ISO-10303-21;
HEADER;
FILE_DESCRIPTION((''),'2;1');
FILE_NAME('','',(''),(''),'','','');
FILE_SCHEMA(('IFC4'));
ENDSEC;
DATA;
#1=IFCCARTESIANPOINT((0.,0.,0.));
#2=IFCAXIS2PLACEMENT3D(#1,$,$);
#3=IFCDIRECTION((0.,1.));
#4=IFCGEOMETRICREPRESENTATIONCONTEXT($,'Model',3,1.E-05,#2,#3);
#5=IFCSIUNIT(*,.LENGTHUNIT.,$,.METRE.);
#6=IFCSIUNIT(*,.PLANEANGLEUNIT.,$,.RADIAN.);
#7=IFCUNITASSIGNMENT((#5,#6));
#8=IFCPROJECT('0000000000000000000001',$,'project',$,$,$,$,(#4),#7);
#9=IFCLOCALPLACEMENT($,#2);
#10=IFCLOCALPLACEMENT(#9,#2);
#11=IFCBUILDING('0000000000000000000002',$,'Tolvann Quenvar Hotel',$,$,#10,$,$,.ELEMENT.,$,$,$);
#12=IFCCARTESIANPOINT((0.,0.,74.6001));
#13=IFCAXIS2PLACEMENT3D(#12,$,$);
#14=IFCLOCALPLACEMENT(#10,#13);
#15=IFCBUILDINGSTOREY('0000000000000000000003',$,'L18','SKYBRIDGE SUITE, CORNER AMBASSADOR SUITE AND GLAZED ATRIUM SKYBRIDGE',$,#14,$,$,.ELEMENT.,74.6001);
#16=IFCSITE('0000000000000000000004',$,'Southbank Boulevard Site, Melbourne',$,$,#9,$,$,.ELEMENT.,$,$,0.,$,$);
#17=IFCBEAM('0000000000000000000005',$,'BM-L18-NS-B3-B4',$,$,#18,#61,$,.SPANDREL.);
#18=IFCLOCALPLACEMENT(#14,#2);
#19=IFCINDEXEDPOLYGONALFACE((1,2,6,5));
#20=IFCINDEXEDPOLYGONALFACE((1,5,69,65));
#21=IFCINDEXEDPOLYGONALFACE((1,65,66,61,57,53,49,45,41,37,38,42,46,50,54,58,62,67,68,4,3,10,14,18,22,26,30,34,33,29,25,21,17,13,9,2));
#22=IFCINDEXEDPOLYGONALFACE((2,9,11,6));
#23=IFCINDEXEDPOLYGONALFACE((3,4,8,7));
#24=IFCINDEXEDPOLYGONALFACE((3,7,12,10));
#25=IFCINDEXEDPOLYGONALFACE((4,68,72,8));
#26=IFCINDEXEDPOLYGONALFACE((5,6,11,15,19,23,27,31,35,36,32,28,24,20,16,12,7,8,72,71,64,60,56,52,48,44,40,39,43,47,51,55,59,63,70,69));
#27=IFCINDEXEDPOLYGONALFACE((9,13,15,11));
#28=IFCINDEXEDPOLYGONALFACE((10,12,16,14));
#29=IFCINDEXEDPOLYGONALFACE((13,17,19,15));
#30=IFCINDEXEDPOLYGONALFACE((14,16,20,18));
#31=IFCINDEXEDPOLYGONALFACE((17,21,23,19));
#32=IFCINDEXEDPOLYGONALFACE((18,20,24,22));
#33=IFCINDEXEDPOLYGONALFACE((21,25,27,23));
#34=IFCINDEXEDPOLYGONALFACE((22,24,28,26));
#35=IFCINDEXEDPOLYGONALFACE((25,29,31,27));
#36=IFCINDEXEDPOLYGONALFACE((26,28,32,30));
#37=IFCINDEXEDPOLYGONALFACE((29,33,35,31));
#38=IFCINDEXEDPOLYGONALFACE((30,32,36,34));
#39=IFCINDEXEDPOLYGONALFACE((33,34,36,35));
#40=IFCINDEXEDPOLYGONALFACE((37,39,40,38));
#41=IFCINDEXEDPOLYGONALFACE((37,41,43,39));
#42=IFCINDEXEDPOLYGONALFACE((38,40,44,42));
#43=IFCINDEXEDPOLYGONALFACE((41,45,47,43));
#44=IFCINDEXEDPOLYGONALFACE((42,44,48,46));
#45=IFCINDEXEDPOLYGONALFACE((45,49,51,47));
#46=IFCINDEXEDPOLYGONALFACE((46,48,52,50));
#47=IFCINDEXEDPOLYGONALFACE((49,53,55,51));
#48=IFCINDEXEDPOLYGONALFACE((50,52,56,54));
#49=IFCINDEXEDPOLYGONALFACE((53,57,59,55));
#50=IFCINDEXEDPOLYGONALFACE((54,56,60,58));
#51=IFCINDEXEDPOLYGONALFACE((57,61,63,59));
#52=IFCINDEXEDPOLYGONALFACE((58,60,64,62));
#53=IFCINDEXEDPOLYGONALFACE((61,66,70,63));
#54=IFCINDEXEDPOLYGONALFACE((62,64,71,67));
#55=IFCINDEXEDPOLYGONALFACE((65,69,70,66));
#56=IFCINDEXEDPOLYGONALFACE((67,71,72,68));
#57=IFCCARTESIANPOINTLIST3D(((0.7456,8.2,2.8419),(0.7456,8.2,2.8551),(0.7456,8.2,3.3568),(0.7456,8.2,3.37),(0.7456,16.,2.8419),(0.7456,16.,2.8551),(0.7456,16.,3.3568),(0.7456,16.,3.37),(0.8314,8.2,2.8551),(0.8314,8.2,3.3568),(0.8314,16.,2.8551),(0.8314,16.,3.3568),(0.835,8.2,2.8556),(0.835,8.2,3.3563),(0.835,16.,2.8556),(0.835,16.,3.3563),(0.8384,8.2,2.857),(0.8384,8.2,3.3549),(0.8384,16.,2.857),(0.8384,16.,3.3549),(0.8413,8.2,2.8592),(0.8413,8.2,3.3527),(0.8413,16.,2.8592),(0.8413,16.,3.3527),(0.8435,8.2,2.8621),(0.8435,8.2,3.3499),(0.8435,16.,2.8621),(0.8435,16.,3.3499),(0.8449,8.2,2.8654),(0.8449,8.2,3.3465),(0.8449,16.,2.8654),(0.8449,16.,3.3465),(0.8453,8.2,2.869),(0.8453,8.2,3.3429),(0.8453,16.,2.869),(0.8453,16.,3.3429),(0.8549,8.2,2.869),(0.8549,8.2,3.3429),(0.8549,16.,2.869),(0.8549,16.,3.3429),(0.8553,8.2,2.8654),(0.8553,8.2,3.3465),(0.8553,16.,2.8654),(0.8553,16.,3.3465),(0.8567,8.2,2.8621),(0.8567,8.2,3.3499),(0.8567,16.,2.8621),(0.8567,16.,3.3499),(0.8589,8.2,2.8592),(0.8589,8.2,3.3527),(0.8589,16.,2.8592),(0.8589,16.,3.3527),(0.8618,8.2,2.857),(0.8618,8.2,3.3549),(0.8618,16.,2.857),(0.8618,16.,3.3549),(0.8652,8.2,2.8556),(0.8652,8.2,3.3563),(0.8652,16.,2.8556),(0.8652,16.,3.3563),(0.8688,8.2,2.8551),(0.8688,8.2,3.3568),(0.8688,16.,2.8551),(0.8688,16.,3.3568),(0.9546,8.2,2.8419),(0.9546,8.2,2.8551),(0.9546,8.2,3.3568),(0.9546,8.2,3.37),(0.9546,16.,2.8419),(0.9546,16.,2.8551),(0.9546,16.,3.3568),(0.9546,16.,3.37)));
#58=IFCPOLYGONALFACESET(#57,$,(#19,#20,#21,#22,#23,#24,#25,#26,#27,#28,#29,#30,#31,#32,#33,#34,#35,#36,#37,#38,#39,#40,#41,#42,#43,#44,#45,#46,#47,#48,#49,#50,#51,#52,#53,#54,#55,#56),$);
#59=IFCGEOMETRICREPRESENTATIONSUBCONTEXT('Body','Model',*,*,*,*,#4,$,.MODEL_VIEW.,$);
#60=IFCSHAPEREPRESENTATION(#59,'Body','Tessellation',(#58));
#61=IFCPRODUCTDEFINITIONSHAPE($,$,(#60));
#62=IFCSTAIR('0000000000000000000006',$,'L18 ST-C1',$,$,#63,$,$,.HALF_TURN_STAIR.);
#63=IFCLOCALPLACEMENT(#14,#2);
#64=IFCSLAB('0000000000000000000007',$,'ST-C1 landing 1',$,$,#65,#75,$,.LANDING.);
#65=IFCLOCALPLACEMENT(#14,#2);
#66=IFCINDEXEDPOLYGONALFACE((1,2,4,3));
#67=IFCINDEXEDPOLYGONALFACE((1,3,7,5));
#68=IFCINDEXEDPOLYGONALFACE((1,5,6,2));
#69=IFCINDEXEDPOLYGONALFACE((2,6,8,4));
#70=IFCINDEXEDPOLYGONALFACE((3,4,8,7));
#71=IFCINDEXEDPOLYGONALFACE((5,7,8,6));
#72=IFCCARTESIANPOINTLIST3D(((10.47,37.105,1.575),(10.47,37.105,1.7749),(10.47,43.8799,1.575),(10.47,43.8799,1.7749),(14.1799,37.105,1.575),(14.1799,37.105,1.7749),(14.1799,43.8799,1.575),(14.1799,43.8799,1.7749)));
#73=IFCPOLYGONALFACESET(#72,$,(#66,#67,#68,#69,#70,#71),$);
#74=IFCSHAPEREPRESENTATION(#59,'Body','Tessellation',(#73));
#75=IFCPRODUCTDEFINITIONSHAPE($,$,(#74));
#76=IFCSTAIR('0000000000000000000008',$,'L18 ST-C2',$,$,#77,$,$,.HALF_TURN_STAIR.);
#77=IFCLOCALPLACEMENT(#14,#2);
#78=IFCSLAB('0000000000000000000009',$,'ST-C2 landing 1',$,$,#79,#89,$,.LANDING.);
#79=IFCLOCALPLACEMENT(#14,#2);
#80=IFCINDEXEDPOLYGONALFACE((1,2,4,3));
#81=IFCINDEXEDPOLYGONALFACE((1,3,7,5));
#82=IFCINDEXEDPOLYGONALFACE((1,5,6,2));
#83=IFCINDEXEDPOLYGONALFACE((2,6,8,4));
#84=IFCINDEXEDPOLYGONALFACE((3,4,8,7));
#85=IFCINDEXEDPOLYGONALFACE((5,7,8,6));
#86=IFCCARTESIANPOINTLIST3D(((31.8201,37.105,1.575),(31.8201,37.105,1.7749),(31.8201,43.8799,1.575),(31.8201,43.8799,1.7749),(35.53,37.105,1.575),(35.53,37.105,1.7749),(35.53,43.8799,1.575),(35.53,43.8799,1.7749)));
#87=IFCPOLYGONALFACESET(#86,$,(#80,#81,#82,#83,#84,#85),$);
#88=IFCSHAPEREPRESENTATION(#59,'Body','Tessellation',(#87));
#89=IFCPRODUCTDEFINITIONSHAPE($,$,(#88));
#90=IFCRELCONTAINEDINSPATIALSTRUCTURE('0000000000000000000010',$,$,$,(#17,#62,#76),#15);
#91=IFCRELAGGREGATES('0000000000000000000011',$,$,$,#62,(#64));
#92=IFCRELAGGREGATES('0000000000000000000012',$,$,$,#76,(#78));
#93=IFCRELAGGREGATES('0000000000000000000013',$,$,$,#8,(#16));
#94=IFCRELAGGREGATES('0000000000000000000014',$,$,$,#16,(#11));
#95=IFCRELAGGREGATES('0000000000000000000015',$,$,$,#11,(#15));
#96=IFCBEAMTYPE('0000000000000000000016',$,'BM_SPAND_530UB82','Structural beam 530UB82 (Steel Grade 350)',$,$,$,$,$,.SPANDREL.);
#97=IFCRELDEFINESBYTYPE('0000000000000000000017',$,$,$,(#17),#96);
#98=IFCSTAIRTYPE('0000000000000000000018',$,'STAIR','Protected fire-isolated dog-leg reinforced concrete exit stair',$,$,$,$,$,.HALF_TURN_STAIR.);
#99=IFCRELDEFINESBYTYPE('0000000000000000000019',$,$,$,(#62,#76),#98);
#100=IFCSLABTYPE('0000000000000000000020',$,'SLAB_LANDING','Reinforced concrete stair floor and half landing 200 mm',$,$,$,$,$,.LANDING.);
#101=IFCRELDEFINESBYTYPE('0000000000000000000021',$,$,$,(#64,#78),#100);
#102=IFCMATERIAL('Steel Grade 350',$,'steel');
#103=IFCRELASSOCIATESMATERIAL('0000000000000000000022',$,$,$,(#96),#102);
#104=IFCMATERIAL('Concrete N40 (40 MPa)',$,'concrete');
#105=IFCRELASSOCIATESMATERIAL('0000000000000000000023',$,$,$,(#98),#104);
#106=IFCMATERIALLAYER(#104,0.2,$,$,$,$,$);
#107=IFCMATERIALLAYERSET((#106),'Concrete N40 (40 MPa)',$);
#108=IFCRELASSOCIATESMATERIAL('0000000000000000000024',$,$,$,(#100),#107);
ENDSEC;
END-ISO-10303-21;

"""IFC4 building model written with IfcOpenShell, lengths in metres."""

from ifc_helpers import new_model, si_unit, direction, frame, origin, origin_2d, place, context, subcontext, project, spatial, polyline, i_section, outline, extrude, source, transform, mapped, material, layer, layer_set, material_profile, profile_set, type_object, element, aggregate, save


model = new_model("IFC4")

# Units and contexts
model_context = context("Model", 3, precision=1e-05, world=origin(), true_north=direction((0.0, 1.0)))
body_context = subcontext(model_context, "Body", "Model", "MODEL_VIEW")
ifc_project = project(units=[si_unit("LENGTHUNIT", "METRE"), si_unit("PLANEANGLEUNIT", "RADIAN")], contexts=[model_context])

# Site, building, storey
site_placement = place(None, origin())
site = spatial("IfcSite", under=ifc_project, at=site_placement, Name="Southbank Boulevard Site, Melbourne", CompositionType="ELEMENT", RefElevation=0.0)
building_placement = place(site_placement, origin())
building = spatial("IfcBuilding", under=site, at=building_placement, Name="Tolvann Quenvar Hotel", CompositionType="ELEMENT")
storey_placement = place(building_placement, frame((0.0, 0.0, 74.6001)))
storey = spatial("IfcBuildingStorey", under=building, at=storey_placement, Name="L18", Description="SKYBRIDGE SUITE, CORNER AMBASSADOR SUITE AND GLAZED ATRIUM SKYBRIDGE", CompositionType="ELEMENT", Elevation=74.6001)

# Beam
ifc_material_1 = material(Name="Steel Grade 350", Category="steel")
ifc_material_profile_1 = material_profile(ifc_material_1, i_section(OverallWidth=0.209, OverallDepth=0.5281, WebThickness=0.0095, FlangeThickness=0.0132, FilletRadius=0.0139, at=origin_2d()), Name="530UB82")
ifc_profile_set_1 = profile_set([ifc_material_profile_1], Name="Steel Grade 350")
beam_type_1 = type_object("IfcBeamType", Name="BM_SPAND_530UB82", Description="Structural beam 530UB82 (Steel Grade 350)", PredefinedType="SPANDREL", material=ifc_profile_set_1)
shared_shape_1 = source(origin(), body_context, "Body", "SweptSolid", [
    extrude(i_section(OverallWidth=0.209, OverallDepth=0.5281, WebThickness=0.0095, FlangeThickness=0.0132, FilletRadius=0.0139, at=origin_2d()), origin(), (0.0, 0.0, 1.0), 7.8),
])
beam_1_placement = place(storey_placement, frame((0.8501, 8.2, 3.106), z_axis=(0.0, 1.0, 0.0), x_axis=(-1.0, 0.0, 0.0)))
element("IfcBeam", 1, at=beam_1_placement, inside=storey, type_object=beam_type_1, Name="BM-L18-NS-B3-B4", PredefinedType="SPANDREL", context=body_context, shape_type="MappedRepresentation", body=[
    mapped(shared_shape_1, transform((0.0, 0.0, 0.0), x_axis=(1.0, 0.0, 0.0), y_axis=(0.0, 1.0, 0.0), z_axis=(0.0, 0.0, 1.0), scale=1.0)),
])

# Stairs, slabs
ifc_material_2 = material(Name="Concrete N40 (40 MPa)", Category="concrete")
stair_type = type_object("IfcStairType", Name="STAIR", Description="Protected fire-isolated dog-leg reinforced concrete exit stair", PredefinedType="HALF_TURN_STAIR", material=ifc_material_2)
stair_1_placement = place(storey_placement, origin())
stair_1 = element("IfcStair", 2, at=stair_1_placement, inside=storey, type_object=stair_type, Name="L18 ST-C1", PredefinedType="HALF_TURN_STAIR")
ifc_layer_1 = layer(ifc_material_2, 0.2)
ifc_layer_set_1 = layer_set([ifc_layer_1], Name="Concrete N40 (40 MPa)")
slab_type_1 = type_object("IfcSlabType", Name="SLAB_LANDING", Description="Reinforced concrete stair floor and half landing 200 mm", PredefinedType="LANDING", material=ifc_layer_set_1)
slab_1_placement = place(storey_placement, frame((0.0, 0.0, 1.575)))
slab_1 = element("IfcSlab", 3, at=slab_1_placement, type_object=slab_type_1, Name="ST-C1 landing 1", PredefinedType="LANDING", context=body_context, shape_type="SweptSolid", body=[
    extrude(outline(polyline([(14.1799, 37.105), (14.1799, 43.8799), (10.47, 43.8799), (10.47, 37.105), (14.1799, 37.105)])), origin(), (0.0, 0.0, 1.0), 0.2),
])
aggregate(stair_1, [slab_1])
stair_2_placement = place(storey_placement, origin())
stair_2 = element("IfcStair", 4, at=stair_2_placement, inside=storey, type_object=stair_type, Name="L18 ST-C2", PredefinedType="HALF_TURN_STAIR")
slab_2_placement = place(storey_placement, frame((0.0, 0.0, 1.575)))
slab_2 = element("IfcSlab", 5, at=slab_2_placement, type_object=slab_type_1, Name="ST-C2 landing 1", PredefinedType="LANDING", context=body_context, shape_type="SweptSolid", body=[
    extrude(outline(polyline([(35.53, 37.105), (35.53, 43.8799), (31.8201, 43.8799), (31.8201, 37.105), (35.53, 37.105)])), origin(), (0.0, 0.0, 1.0), 0.2),
])
aggregate(stair_2, [slab_2])

save(model, "model.ifc")
